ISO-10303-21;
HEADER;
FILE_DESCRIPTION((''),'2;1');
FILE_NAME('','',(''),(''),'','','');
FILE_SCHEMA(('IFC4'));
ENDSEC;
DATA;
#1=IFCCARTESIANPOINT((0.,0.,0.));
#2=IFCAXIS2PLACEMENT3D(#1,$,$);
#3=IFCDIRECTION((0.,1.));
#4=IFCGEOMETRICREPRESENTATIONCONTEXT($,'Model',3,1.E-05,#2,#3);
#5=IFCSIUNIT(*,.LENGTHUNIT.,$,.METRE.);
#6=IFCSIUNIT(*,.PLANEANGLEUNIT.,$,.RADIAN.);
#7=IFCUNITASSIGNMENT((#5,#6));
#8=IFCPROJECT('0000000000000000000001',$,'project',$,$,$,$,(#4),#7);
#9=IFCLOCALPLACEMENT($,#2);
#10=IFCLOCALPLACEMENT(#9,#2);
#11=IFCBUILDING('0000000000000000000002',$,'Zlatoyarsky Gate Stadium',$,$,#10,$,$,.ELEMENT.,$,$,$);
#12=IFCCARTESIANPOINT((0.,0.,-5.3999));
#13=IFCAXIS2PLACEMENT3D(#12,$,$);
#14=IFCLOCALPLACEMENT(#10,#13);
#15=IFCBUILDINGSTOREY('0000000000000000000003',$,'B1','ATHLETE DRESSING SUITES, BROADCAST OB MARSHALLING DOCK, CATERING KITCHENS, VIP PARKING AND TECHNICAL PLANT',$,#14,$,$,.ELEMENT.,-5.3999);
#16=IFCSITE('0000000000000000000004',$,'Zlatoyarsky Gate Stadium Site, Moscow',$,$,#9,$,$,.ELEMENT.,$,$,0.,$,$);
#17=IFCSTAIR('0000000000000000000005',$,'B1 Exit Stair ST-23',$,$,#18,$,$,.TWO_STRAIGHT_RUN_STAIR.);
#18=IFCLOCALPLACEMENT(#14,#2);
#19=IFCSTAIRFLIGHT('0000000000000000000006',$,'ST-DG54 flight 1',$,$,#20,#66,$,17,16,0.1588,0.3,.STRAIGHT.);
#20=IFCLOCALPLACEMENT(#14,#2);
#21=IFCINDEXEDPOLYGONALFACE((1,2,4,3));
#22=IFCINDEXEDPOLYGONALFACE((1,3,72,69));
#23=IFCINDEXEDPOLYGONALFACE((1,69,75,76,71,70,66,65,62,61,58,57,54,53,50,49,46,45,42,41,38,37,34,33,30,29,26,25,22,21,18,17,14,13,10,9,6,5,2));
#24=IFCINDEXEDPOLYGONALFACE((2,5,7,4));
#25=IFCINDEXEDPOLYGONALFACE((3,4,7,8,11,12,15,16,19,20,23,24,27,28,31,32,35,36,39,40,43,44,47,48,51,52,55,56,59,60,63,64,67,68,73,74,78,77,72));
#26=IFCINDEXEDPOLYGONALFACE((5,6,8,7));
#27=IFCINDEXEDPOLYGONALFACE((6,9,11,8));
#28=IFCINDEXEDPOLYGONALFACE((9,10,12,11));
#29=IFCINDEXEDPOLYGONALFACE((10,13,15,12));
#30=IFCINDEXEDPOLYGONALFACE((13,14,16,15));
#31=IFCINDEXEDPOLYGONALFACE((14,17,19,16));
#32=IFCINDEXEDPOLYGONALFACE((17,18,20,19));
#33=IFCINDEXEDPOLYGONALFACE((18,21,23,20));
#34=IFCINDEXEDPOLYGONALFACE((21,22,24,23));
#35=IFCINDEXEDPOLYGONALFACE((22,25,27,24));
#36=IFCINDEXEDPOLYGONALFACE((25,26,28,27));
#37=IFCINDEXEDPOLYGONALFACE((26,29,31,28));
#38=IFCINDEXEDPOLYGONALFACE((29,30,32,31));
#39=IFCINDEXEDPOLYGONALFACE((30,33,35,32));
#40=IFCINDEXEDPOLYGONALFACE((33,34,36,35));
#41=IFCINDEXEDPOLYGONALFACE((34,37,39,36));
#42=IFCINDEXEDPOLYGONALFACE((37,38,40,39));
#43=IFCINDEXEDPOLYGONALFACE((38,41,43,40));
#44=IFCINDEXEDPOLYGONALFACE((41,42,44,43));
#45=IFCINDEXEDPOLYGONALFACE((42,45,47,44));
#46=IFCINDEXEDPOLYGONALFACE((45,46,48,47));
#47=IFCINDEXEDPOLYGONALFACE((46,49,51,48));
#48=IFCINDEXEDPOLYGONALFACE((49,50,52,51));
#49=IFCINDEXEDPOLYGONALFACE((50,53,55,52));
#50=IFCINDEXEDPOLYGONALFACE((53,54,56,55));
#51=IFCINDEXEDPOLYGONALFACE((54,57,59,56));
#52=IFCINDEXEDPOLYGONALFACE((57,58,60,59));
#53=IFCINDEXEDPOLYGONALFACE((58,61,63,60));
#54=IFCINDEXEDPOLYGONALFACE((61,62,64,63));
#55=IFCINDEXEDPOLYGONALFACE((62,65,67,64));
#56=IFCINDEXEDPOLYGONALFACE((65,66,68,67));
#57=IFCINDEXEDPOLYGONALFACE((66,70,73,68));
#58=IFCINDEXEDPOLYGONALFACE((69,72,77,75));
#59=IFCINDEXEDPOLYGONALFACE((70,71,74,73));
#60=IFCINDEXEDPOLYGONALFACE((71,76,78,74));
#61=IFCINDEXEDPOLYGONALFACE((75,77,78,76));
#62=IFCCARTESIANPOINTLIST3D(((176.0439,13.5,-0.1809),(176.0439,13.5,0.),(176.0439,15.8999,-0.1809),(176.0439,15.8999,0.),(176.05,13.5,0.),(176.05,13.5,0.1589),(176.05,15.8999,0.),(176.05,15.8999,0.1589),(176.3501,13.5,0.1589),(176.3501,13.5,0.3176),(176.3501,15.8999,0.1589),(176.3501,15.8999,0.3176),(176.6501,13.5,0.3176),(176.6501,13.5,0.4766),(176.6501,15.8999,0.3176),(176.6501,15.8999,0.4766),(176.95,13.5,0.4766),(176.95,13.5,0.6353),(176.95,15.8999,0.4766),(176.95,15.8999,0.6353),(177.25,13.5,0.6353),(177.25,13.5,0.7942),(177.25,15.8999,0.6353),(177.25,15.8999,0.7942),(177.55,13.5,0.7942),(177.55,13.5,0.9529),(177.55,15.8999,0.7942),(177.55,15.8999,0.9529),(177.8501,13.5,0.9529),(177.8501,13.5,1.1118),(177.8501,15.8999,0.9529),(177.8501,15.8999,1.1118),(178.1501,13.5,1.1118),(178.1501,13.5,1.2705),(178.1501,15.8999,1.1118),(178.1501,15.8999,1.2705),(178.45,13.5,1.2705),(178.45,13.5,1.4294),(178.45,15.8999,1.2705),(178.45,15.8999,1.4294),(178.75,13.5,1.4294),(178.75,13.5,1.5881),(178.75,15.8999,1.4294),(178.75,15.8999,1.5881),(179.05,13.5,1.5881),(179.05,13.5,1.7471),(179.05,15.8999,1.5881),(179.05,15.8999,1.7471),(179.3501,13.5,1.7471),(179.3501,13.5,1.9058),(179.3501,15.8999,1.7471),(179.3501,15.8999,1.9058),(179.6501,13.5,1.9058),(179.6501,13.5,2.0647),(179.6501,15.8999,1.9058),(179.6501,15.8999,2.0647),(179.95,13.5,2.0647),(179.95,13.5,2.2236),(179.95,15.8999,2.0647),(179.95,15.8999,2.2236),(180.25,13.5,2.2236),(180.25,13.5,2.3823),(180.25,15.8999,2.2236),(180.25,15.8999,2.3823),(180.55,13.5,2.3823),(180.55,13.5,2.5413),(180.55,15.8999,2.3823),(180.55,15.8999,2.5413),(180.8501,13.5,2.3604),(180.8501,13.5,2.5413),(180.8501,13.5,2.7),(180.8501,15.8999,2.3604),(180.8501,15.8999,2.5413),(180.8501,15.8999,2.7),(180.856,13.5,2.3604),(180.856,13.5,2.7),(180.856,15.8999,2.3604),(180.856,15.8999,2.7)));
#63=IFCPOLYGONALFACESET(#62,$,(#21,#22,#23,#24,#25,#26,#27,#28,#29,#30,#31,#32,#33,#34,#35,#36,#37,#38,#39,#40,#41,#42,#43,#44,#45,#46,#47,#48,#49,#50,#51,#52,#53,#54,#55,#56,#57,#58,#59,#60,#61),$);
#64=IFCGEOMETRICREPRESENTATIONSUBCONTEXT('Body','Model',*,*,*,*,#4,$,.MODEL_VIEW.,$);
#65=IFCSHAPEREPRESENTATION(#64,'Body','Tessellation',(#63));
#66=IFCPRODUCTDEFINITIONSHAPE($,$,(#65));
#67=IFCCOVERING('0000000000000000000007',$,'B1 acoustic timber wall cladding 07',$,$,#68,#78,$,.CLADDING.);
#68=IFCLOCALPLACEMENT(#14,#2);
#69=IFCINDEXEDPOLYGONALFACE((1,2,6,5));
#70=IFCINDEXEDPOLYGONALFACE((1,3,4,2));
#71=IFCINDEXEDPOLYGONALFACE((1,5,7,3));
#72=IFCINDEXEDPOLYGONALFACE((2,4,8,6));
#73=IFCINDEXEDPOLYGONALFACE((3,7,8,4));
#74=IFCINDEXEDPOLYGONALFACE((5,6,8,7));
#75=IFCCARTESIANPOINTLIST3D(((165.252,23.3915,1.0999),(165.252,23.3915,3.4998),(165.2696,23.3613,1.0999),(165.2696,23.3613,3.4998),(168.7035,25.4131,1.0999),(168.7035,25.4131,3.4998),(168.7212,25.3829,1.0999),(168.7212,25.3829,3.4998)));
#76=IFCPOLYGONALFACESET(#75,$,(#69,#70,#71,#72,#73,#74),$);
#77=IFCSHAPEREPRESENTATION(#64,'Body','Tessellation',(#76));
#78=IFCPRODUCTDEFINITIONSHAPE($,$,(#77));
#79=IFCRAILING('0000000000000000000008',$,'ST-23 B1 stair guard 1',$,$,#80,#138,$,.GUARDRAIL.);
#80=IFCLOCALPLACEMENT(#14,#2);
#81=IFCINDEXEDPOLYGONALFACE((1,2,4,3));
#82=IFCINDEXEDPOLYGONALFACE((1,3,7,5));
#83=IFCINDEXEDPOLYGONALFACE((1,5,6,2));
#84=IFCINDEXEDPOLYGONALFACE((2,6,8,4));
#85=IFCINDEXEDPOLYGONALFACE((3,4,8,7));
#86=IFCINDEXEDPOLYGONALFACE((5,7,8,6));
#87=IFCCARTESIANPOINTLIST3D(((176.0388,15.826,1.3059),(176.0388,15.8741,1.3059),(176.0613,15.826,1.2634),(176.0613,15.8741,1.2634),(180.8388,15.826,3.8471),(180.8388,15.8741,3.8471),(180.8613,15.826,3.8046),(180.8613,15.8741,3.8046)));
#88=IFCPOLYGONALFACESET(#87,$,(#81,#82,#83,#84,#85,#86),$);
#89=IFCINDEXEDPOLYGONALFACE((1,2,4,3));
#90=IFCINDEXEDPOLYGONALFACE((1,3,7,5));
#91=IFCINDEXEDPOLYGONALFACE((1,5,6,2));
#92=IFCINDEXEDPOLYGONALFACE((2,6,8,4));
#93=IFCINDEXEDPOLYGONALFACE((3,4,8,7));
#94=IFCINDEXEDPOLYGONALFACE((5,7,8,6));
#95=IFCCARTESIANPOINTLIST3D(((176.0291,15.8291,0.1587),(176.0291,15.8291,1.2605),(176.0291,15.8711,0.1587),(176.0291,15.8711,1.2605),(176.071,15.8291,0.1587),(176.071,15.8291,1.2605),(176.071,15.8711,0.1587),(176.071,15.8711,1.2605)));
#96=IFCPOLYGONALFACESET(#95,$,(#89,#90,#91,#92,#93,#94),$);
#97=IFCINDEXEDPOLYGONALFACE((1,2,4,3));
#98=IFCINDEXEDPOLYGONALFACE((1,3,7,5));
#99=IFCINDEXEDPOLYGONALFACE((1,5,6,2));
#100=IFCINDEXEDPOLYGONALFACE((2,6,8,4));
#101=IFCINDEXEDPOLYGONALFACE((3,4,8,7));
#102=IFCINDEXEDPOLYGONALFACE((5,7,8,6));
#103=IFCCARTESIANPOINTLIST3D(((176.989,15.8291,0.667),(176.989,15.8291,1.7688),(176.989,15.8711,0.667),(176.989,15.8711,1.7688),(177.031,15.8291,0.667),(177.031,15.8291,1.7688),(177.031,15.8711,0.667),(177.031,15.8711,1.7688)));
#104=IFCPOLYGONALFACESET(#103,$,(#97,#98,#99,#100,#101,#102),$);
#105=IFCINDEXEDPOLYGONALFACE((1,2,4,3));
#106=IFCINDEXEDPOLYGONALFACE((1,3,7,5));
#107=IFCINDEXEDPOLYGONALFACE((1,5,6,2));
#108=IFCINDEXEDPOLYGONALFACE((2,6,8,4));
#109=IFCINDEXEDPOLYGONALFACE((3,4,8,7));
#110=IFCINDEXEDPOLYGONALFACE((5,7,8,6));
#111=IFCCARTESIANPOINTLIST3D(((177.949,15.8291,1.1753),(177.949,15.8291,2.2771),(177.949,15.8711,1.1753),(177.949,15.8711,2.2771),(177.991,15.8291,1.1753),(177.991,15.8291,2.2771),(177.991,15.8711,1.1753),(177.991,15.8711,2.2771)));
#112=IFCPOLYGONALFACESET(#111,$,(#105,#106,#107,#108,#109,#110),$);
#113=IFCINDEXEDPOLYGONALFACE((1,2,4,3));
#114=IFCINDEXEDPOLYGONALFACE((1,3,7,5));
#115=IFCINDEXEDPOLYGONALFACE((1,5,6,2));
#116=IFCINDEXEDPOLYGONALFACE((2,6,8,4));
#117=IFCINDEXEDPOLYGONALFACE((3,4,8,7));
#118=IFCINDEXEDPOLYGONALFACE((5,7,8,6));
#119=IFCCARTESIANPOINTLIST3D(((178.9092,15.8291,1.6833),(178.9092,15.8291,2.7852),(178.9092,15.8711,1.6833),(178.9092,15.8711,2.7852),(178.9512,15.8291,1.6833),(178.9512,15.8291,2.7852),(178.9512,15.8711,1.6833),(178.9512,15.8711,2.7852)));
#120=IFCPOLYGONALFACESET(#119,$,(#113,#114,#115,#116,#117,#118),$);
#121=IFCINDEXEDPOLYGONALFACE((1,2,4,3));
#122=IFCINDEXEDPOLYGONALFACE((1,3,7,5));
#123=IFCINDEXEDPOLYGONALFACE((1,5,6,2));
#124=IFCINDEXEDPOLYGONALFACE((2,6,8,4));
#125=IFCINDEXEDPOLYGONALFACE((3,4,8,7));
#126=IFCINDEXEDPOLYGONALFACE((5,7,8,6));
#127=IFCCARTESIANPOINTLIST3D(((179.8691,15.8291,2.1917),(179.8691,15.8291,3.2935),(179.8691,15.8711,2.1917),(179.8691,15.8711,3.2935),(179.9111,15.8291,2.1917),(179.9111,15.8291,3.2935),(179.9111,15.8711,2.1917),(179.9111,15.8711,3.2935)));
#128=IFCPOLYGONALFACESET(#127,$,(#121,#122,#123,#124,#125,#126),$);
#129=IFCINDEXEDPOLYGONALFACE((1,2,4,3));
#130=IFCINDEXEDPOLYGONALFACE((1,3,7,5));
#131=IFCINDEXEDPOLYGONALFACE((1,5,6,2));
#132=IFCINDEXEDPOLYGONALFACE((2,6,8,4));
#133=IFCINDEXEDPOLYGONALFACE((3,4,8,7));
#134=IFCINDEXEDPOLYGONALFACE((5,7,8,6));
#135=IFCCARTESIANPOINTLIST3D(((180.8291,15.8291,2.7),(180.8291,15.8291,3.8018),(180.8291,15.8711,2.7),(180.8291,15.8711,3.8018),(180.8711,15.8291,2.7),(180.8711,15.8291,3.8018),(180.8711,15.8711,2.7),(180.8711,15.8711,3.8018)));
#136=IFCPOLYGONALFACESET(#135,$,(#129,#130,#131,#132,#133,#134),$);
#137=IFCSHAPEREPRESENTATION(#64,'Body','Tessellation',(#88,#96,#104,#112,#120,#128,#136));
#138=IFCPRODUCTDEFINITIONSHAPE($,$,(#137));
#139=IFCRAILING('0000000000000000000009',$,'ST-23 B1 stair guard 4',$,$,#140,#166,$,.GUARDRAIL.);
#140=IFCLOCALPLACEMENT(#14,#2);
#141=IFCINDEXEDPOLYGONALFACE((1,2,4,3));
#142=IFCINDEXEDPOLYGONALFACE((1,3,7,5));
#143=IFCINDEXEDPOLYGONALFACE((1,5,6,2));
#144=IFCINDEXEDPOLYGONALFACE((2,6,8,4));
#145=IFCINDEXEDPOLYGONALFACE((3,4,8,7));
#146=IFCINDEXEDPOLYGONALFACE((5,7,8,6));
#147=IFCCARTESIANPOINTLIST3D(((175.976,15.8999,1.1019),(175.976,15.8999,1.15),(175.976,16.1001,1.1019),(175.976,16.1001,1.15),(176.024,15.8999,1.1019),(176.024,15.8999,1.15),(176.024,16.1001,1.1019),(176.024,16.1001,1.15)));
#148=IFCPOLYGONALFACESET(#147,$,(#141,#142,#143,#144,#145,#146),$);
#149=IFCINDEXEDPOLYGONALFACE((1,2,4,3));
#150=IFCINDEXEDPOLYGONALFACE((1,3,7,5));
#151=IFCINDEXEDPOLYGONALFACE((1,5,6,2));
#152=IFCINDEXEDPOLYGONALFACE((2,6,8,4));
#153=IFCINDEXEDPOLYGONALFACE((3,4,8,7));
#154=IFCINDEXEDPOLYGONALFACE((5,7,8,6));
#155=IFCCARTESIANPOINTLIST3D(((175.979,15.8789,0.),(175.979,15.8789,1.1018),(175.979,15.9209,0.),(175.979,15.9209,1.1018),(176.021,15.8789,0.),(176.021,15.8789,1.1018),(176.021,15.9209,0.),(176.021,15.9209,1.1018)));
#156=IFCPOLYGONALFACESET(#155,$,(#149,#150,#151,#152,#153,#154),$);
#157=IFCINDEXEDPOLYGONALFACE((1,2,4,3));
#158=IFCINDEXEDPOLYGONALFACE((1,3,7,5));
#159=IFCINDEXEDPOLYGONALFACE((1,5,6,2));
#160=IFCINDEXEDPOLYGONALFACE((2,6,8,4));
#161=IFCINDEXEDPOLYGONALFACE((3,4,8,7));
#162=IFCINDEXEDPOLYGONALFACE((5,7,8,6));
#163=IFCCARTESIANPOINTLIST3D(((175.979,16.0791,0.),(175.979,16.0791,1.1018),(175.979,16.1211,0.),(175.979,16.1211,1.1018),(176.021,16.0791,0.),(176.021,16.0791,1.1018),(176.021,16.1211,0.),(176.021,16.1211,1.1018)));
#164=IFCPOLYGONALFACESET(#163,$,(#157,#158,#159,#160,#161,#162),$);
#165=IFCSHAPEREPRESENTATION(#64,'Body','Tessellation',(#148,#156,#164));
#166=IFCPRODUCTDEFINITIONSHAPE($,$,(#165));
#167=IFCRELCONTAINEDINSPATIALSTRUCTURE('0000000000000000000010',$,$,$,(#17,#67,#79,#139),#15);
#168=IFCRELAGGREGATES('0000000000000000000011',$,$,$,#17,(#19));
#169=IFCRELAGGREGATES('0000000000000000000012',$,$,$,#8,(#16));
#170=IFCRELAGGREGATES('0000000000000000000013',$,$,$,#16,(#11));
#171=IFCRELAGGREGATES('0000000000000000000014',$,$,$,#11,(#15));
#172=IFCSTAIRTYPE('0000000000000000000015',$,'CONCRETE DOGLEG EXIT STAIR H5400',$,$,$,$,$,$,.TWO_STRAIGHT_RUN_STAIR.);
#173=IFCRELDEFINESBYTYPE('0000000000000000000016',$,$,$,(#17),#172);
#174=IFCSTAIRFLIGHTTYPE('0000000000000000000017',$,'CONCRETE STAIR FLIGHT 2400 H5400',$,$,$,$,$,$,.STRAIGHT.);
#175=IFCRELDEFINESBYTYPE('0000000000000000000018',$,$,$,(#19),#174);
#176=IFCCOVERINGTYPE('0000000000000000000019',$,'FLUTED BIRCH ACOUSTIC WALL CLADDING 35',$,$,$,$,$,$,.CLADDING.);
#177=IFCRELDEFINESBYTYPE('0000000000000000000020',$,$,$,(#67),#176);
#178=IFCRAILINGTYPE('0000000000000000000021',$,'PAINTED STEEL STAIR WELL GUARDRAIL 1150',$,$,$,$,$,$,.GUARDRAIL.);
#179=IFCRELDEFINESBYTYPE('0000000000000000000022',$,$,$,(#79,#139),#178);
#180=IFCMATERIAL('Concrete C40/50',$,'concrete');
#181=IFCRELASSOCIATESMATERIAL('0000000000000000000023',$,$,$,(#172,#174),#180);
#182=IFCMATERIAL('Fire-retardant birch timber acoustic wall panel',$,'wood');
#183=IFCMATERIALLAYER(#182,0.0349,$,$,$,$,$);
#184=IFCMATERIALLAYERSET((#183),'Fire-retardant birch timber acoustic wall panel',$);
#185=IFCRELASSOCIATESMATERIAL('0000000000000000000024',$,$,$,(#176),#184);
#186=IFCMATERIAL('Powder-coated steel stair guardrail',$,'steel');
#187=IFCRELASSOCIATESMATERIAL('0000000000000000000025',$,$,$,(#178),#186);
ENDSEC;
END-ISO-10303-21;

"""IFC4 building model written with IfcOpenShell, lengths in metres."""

from ifc_helpers import new_model, si_unit, direction, frame, origin, origin_2d, place, context, subcontext, project, spatial, polyline, rectangle, outline, extrude, material, layer, layer_set, type_object, element, aggregate, save


model = new_model("IFC4")

# Units and contexts
model_context = context("Model", 3, precision=1e-05, world=origin(), true_north=direction((0.0, 1.0)))
body_context = subcontext(model_context, "Body", "Model", "MODEL_VIEW")
ifc_project = project(units=[si_unit("LENGTHUNIT", "METRE"), si_unit("PLANEANGLEUNIT", "RADIAN")], contexts=[model_context])

# Site, building, storey
site_placement = place(None, origin())
site = spatial("IfcSite", under=ifc_project, at=site_placement, Name="Zlatoyarsky Gate Stadium Site, Moscow", CompositionType="ELEMENT", RefElevation=0.0)
building_placement = place(site_placement, origin())
building = spatial("IfcBuilding", under=site, at=building_placement, Name="Zlatoyarsky Gate Stadium", CompositionType="ELEMENT")
storey_placement = place(building_placement, frame((0.0, 0.0, -5.3999)))
storey = spatial("IfcBuildingStorey", under=building, at=storey_placement, Name="B1", Description="ATHLETE DRESSING SUITES, BROADCAST OB MARSHALLING DOCK, CATERING KITCHENS, VIP PARKING AND TECHNICAL PLANT", CompositionType="ELEMENT", Elevation=-5.3999)

# Shared definitions
ifc_material_1 = material(Name="Concrete C40/50", Category="concrete")

# Stair, stair flight
stair_type = type_object("IfcStairType", Name="CONCRETE DOGLEG EXIT STAIR H5400", PredefinedType="TWO_STRAIGHT_RUN_STAIR", material=ifc_material_1)
stair_placement = place(storey_placement, origin())
stair = element("IfcStair", 1, at=stair_placement, inside=storey, type_object=stair_type, Name="B1 Exit Stair ST-23", PredefinedType="TWO_STRAIGHT_RUN_STAIR")
stair_flight_type = type_object("IfcStairFlightType", Name="CONCRETE STAIR FLIGHT 2400 H5400", PredefinedType="STRAIGHT", material=ifc_material_1)
stair_flight_placement = place(storey_placement, frame((176.05, 14.7, 0.0), z_axis=(0.0, 0.0, 1.0), x_axis=(1.0, 0.0, 0.0)))
stair_flight = element("IfcStairFlight", 2, at=stair_flight_placement, type_object=stair_flight_type, Name="ST-DG54 flight 1", NumberOfRisers=17, NumberOfTreads=16, PredefinedType="STRAIGHT", RiserHeight=0.1588, TreadLength=0.3, context=body_context, shape_type="SweptSolid", body=[
    extrude(outline(polyline([(-0.0061, -0.1809), (-0.0061, 0.0), (0.0, 0.0), (0.0, 0.1589), (0.3, 0.1589), (0.3, 0.3176), (0.6001, 0.3176), (0.6001, 0.4766), (0.8999, 0.4766), (0.8999, 0.6353), (1.2, 0.6353), (1.2, 0.7942), (1.5, 0.7942), (1.5, 0.9529), (1.8, 0.9529), (1.8, 1.1118), (2.1001, 1.1118), (2.1001, 1.2705), (2.3999, 1.2705), (2.3999, 1.4294), (2.7, 1.4294), (2.7, 1.5881), (3.0, 1.5881), (3.0, 1.7471), (3.3, 1.7471), (3.3, 1.9058), (3.6001, 1.9058), (3.6001, 2.0647), (3.8999, 2.0647), (3.8999, 2.2236), (4.2, 2.2236), (4.2, 2.3823), (4.5, 2.3823), (4.5, 2.5413), (4.8, 2.5413), (4.8, 2.7), (4.8059, 2.7), (4.8059, 2.3604), (4.8, 2.3604), (-0.0061, -0.1809)])), frame((0.0, 1.2, 0.0), z_axis=(0.0, -1.0, 0.0), x_axis=(1.0, 0.0, 0.0)), (0.0, 0.0, 1.0), 2.3999),
])
aggregate(stair, [stair_flight])

# Covering
ifc_material_2 = material(Name="Fire-retardant birch timber acoustic wall panel", Category="wood")
ifc_layer_1 = layer(ifc_material_2, 0.0349)
ifc_layer_set_1 = layer_set([ifc_layer_1], Name="Fire-retardant birch timber acoustic wall panel")
covering_type = type_object("IfcCoveringType", Name="FLUTED BIRCH ACOUSTIC WALL CLADDING 35", PredefinedType="CLADDING", material=ifc_layer_set_1)
covering_placement = place(storey_placement, frame((166.9866, 24.3872, 1.0999), z_axis=(0.0, 0.0, 1.0), x_axis=(0.862885, 0.505401, 0.0)))
element("IfcCovering", 3, at=covering_placement, inside=storey, type_object=covering_type, Name="B1 acoustic timber wall cladding 07", PredefinedType="CLADDING", context=body_context, shape_type="SweptSolid", body=[
    extrude(rectangle(XDim=4.0, YDim=0.0349, at=origin_2d()), origin(), (0.0, 0.0, 1.0), 2.3999),
])

# Railings
ifc_material_3 = material(Name="Powder-coated steel stair guardrail", Category="steel")
railing_type_1 = type_object("IfcRailingType", Name="PAINTED STEEL STAIR WELL GUARDRAIL 1150", PredefinedType="GUARDRAIL", material=ifc_material_3)
railing_1_placement = place(storey_placement, frame((176.05, 15.8501, 0.1587)))
element("IfcRailing", 4, at=railing_1_placement, inside=storey, type_object=railing_type_1, Name="ST-23 B1 stair guard 1", PredefinedType="GUARDRAIL", context=body_context, shape_type="SweptSolid", body=[
    extrude(rectangle(XDim=0.0481, YDim=0.0481, at=origin_2d()), frame((0.0, 0.0, 1.126), z_axis=(0.883784, 0.0, 0.467896), x_axis=(0.0, 1.0, 0.0)), (0.0, 0.0, 1.0), 5.4312),
    extrude(rectangle(XDim=0.042, YDim=0.042, at=origin_2d()), origin(), (0.0, 0.0, 1.0), 1.1018),
    extrude(rectangle(XDim=0.042, YDim=0.042, at=origin_2d()), frame((0.96, 0.0, 0.5083)), (0.0, 0.0, 1.0), 1.1018),
    extrude(rectangle(XDim=0.042, YDim=0.042, at=origin_2d()), frame((1.9199, 0.0, 1.0166)), (0.0, 0.0, 1.0), 1.1018),
    extrude(rectangle(XDim=0.042, YDim=0.042, at=origin_2d()), frame((2.8801, 0.0, 1.5247)), (0.0, 0.0, 1.0), 1.1018),
    extrude(rectangle(XDim=0.042, YDim=0.042, at=origin_2d()), frame((3.8401, 0.0, 2.033)), (0.0, 0.0, 1.0), 1.1018),
    extrude(rectangle(XDim=0.042, YDim=0.042, at=origin_2d()), frame((4.8, 0.0, 2.5413)), (0.0, 0.0, 1.0), 1.1018),
])
railing_2_placement = place(storey_placement, frame((176.0, 15.8999, 0.0)))
element("IfcRailing", 5, at=railing_2_placement, inside=storey, type_object=railing_type_1, Name="ST-23 B1 stair guard 4", PredefinedType="GUARDRAIL", context=body_context, shape_type="SweptSolid", body=[
    extrude(rectangle(XDim=0.0481, YDim=0.0481, at=origin_2d()), frame((0.0, 0.0, 1.126), z_axis=(0.0, 1.0, 0.0), x_axis=(-1.0, 0.0, 0.0)), (0.0, 0.0, 1.0), 0.2002),
    extrude(rectangle(XDim=0.042, YDim=0.042, at=origin_2d()), origin(), (0.0, 0.0, 1.0), 1.1018),
    extrude(rectangle(XDim=0.042, YDim=0.042, at=origin_2d()), frame((0.0, 0.2002, 0.0)), (0.0, 0.0, 1.0), 1.1018),
])

save(model, "model.ifc")
